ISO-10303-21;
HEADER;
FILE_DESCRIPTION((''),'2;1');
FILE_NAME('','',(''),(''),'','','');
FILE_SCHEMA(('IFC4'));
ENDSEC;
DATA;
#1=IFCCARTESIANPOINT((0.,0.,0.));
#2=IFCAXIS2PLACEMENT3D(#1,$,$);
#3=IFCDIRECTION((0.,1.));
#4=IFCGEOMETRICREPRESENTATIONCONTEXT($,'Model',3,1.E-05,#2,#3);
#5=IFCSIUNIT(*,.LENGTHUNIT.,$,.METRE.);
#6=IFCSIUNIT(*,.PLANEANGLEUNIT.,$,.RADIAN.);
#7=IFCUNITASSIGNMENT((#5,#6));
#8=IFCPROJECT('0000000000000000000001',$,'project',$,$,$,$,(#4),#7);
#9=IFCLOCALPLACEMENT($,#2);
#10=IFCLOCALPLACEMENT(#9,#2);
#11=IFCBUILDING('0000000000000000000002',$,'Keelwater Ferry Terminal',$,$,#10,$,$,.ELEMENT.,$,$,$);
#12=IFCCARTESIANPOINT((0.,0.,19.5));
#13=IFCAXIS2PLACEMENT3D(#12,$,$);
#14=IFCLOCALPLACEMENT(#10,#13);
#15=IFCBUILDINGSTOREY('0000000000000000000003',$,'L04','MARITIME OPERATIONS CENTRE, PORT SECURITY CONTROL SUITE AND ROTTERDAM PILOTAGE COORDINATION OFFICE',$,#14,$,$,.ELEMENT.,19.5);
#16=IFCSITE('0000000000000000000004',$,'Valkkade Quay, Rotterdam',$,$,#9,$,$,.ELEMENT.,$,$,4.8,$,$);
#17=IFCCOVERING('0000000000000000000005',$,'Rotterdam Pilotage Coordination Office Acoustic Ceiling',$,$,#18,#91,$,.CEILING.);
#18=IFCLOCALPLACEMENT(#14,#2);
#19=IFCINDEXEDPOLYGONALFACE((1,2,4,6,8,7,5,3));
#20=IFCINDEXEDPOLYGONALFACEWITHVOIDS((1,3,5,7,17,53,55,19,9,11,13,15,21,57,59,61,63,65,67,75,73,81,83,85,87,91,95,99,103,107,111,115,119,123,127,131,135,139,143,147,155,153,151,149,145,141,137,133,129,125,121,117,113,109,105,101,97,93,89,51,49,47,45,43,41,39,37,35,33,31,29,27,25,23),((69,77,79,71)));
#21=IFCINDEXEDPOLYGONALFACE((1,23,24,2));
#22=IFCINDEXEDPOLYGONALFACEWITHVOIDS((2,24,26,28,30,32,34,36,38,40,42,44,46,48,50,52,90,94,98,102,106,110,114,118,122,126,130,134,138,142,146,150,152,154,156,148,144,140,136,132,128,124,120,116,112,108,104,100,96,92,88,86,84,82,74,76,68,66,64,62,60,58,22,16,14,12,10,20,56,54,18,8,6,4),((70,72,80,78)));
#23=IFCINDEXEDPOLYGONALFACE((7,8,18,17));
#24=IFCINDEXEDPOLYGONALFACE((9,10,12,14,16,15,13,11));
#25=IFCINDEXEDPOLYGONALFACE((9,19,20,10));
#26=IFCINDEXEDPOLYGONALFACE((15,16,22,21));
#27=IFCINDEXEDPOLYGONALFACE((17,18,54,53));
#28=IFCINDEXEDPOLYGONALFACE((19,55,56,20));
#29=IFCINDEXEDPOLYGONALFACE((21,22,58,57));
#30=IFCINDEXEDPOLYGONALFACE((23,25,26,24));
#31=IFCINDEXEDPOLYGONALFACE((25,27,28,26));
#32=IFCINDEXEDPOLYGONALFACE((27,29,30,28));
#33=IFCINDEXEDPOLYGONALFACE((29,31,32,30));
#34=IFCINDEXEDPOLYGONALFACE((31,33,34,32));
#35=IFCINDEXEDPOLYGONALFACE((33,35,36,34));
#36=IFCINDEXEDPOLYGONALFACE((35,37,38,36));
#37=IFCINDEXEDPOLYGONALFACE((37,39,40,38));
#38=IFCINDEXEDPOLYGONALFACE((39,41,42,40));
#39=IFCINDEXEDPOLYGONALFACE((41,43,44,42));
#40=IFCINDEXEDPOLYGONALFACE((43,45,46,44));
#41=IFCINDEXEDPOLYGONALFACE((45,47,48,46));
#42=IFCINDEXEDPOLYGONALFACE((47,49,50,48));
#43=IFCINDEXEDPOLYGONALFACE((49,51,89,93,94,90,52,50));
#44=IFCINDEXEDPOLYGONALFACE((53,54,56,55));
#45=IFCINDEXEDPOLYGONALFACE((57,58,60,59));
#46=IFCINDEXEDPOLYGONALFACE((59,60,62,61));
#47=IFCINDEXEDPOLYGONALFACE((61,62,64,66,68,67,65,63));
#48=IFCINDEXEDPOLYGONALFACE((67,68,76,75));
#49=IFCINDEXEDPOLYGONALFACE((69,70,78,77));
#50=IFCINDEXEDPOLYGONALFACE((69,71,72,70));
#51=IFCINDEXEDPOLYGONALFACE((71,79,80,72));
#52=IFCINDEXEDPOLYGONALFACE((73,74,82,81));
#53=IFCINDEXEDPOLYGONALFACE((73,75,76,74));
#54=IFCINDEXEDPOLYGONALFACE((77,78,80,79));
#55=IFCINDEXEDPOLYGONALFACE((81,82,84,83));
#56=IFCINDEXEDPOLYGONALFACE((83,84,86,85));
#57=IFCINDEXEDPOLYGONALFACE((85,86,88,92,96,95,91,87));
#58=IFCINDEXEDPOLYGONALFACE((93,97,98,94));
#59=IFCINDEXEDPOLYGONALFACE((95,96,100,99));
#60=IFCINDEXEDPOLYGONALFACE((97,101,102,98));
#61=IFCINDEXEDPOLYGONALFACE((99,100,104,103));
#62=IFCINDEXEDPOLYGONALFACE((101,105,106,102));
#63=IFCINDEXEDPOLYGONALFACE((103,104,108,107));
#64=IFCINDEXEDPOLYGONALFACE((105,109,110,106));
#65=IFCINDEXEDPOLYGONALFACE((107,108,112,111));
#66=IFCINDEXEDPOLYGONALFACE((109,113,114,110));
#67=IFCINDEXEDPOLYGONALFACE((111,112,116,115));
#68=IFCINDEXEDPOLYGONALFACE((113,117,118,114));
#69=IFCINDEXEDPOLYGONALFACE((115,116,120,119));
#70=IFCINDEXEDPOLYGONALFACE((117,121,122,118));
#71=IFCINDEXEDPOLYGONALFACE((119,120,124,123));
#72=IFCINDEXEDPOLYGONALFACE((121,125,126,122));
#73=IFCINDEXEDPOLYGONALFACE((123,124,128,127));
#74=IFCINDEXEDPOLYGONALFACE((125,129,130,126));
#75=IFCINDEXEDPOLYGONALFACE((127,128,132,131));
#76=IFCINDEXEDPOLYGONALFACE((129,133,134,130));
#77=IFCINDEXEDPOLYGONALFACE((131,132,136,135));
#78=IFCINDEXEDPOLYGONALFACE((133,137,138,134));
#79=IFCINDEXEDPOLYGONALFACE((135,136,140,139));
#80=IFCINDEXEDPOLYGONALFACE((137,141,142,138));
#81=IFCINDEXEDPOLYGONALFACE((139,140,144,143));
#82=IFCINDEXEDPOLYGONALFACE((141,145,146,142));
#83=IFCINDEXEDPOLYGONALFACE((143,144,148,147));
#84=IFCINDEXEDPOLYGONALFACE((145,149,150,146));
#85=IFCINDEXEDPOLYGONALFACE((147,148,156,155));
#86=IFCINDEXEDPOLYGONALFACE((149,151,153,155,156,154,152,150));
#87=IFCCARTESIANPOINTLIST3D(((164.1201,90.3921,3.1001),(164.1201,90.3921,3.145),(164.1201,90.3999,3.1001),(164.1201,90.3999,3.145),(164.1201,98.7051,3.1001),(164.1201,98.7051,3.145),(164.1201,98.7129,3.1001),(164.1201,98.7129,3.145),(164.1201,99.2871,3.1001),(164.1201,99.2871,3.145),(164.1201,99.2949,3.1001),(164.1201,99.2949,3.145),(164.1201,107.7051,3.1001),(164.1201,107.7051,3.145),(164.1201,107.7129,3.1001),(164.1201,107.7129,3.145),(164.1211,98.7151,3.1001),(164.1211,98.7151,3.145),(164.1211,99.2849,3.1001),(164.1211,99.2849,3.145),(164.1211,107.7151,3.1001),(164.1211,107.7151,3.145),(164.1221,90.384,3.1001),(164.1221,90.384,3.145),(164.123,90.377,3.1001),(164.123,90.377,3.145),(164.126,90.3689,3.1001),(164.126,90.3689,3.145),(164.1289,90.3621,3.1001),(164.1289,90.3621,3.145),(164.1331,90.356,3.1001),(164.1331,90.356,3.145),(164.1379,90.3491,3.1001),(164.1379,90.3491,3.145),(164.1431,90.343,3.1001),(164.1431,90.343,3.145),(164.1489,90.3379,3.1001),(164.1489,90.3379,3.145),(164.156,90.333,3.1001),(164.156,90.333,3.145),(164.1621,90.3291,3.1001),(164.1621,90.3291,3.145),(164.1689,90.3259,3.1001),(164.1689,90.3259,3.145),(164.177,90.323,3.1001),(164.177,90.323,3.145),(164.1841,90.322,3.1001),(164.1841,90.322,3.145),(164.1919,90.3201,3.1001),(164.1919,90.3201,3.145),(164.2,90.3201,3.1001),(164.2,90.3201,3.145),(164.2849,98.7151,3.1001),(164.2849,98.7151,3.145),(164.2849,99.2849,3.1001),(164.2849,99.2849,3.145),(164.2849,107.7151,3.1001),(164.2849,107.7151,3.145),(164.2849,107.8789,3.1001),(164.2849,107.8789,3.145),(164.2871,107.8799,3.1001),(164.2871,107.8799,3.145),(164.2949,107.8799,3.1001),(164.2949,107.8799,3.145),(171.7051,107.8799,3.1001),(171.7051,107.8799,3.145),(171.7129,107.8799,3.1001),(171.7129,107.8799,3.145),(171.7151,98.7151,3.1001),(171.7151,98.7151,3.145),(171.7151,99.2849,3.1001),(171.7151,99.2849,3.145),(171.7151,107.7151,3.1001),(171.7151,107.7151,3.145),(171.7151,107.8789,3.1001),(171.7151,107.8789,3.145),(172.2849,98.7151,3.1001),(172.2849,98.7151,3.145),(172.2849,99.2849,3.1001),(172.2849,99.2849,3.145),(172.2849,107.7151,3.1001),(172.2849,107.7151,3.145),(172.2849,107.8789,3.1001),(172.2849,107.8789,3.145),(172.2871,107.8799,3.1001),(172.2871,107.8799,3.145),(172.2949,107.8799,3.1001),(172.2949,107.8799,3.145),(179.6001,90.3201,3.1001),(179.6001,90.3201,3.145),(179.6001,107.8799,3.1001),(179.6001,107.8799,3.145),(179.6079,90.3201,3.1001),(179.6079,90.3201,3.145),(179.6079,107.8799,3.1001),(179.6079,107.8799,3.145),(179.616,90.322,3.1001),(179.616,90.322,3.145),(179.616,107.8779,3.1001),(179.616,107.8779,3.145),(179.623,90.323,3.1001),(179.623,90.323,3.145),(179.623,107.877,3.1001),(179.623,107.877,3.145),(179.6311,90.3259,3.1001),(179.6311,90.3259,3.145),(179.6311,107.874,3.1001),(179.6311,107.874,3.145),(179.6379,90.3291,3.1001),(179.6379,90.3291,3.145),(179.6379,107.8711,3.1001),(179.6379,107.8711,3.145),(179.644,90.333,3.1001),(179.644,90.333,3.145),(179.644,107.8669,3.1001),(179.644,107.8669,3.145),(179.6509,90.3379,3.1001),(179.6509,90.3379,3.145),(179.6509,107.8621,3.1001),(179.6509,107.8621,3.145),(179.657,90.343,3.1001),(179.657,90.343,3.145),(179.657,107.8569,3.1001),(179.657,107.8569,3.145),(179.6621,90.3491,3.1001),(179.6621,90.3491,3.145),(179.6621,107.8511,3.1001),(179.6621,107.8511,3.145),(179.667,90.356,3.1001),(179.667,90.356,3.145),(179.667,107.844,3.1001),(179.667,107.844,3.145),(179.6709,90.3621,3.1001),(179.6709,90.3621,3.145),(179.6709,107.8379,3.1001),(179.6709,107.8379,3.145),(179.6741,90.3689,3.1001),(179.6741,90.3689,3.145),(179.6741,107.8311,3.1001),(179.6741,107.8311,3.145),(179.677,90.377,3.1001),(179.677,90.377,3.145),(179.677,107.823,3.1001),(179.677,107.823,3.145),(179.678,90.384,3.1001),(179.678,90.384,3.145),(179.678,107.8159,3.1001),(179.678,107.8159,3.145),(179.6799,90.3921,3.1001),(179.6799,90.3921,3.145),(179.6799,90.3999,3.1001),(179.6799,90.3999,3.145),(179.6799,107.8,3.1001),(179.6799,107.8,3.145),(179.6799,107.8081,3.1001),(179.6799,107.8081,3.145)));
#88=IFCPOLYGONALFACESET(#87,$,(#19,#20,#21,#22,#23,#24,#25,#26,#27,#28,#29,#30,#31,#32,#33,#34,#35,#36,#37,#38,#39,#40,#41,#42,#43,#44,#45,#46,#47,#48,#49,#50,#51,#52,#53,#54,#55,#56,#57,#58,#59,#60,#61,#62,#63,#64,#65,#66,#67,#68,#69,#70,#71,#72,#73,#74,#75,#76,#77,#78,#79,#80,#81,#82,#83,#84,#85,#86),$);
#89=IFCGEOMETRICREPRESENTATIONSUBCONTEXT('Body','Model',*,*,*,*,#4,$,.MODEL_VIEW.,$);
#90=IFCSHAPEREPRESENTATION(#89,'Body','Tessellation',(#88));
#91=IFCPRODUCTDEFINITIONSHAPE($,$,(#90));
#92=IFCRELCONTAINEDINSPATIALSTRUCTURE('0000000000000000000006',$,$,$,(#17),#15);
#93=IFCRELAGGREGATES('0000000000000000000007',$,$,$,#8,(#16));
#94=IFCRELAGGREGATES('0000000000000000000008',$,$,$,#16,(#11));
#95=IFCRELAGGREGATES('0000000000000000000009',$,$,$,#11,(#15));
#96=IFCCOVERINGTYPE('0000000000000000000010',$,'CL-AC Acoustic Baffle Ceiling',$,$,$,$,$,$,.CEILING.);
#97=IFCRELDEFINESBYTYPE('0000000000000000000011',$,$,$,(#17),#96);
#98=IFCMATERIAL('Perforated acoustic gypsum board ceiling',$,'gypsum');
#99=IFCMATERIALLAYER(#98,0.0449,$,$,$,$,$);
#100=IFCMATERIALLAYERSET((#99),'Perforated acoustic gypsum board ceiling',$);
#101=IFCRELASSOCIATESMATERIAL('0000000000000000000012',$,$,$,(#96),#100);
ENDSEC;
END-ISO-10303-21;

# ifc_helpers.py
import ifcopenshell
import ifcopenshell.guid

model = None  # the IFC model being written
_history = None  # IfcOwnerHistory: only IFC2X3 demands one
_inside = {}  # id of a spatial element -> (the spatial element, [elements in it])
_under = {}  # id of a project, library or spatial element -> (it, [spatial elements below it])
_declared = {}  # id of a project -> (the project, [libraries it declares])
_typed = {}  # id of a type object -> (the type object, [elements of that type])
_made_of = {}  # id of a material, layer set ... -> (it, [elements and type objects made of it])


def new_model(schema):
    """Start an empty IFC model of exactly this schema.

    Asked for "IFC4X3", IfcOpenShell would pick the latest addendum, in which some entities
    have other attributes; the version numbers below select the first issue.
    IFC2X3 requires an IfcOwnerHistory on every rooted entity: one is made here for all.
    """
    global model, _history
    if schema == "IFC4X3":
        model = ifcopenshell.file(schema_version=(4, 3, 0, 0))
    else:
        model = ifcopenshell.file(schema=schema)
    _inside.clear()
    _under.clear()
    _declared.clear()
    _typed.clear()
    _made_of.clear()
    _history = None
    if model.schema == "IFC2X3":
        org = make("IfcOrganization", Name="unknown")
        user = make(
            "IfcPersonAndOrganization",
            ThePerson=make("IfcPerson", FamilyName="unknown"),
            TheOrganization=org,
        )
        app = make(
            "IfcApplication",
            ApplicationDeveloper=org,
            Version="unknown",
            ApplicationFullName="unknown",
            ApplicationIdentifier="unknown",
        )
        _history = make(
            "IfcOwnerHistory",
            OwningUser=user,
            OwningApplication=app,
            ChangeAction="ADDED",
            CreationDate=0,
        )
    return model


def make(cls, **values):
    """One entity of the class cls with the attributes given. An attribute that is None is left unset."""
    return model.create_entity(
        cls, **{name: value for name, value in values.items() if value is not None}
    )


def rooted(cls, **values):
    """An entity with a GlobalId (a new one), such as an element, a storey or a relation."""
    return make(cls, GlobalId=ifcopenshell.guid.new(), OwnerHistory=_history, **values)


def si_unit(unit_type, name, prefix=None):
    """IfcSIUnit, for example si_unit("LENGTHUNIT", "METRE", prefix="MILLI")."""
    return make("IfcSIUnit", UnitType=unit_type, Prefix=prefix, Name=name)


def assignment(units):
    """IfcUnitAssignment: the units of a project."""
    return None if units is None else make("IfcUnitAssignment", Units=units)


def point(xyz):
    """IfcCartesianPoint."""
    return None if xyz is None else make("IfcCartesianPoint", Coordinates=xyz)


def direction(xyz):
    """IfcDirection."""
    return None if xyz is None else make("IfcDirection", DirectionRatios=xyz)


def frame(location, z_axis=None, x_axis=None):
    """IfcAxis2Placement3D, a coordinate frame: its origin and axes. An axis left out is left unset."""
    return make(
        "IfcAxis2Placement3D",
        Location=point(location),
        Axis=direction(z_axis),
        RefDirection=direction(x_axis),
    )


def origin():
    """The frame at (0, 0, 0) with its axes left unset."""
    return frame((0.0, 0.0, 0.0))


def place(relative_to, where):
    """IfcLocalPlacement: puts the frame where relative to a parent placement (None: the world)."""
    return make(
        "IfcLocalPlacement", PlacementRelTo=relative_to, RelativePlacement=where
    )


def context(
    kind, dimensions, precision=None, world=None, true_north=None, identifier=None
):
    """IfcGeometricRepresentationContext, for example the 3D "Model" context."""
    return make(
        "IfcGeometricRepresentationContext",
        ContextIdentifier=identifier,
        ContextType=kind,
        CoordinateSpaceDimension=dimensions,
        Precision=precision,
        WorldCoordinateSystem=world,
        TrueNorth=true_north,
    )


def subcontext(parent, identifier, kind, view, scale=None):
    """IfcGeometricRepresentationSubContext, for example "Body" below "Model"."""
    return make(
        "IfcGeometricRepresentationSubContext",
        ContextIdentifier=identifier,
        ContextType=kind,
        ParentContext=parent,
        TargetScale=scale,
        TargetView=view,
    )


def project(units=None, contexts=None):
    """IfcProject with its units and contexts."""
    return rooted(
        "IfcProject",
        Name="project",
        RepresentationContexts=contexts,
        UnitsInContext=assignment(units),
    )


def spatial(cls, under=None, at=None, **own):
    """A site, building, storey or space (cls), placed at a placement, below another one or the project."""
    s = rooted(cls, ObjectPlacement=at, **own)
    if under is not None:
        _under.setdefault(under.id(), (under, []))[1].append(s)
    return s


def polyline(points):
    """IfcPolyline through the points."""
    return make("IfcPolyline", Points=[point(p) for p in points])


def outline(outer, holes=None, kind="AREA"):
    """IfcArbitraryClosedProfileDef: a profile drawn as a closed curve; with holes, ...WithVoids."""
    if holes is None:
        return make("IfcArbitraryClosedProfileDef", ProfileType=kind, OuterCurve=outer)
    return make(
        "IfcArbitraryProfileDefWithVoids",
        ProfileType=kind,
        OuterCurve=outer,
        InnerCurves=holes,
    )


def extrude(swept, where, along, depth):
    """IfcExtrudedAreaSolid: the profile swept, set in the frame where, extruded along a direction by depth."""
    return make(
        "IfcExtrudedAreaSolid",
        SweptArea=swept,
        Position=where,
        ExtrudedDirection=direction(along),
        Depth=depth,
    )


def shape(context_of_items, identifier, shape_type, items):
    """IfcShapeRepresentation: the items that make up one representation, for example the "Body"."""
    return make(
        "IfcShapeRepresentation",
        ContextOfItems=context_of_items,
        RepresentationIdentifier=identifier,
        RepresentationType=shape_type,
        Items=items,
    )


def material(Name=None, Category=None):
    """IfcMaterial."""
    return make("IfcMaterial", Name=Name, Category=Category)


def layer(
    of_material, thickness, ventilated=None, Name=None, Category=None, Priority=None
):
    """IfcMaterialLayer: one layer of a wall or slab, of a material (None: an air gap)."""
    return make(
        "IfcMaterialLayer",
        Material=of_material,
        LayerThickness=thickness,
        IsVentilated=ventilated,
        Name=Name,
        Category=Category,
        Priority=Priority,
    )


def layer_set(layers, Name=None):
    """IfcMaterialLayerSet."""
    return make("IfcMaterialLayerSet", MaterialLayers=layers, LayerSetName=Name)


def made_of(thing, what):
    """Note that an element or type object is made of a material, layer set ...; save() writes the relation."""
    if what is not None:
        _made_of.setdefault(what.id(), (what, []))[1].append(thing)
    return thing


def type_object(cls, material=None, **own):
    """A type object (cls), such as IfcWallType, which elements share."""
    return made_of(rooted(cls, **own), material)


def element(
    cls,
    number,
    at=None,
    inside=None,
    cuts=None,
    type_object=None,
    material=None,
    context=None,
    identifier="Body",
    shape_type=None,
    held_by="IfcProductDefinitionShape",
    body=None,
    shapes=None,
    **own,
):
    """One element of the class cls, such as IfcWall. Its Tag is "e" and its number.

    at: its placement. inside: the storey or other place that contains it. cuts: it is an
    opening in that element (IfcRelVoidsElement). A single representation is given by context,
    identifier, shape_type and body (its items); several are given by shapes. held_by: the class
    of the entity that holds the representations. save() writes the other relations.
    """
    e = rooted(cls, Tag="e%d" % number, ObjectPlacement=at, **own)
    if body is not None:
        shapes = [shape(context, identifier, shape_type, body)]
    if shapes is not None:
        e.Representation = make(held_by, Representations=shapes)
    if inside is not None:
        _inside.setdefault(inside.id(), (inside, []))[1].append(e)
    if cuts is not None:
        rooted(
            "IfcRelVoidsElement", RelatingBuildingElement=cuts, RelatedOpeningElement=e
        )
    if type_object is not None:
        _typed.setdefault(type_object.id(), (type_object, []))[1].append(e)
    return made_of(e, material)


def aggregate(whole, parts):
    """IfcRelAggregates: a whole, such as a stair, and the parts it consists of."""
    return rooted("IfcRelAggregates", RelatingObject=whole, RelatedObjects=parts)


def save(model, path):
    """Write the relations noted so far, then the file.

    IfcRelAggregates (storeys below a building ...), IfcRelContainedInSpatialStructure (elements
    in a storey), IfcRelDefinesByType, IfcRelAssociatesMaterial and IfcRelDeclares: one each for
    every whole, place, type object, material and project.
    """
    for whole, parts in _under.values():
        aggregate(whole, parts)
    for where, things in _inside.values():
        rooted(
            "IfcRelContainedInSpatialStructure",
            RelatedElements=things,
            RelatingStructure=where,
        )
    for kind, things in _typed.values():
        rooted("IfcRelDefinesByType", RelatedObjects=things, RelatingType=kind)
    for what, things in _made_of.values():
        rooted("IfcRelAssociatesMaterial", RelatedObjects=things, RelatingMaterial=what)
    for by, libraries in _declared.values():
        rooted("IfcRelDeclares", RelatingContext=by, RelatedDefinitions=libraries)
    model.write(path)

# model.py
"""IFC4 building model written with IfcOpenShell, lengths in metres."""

from ifc_helpers import new_model, si_unit, direction, frame, origin, place, context, subcontext, project, spatial, polyline, outline, extrude, material, layer, layer_set, type_object, element, save


model = new_model("IFC4")

# Units and contexts
model_context = context("Model", 3, precision=1e-05, world=origin(), true_north=direction((0.0, 1.0)))
body_context = subcontext(model_context, "Body", "Model", "MODEL_VIEW")
ifc_project = project(units=[si_unit("LENGTHUNIT", "METRE"), si_unit("PLANEANGLEUNIT", "RADIAN")], contexts=[model_context])

# Site, building, storey
site_placement = place(None, origin())
site = spatial("IfcSite", under=ifc_project, at=site_placement, Name="Valkkade Quay, Rotterdam", CompositionType="ELEMENT", RefElevation=4.8)
building_placement = place(site_placement, origin())
building = spatial("IfcBuilding", under=site, at=building_placement, Name="Keelwater Ferry Terminal", CompositionType="ELEMENT")
storey_placement = place(building_placement, frame((0.0, 0.0, 19.5)))
storey = spatial("IfcBuildingStorey", under=building, at=storey_placement, Name="L04", Description="MARITIME OPERATIONS CENTRE, PORT SECURITY CONTROL SUITE AND ROTTERDAM PILOTAGE COORDINATION OFFICE", CompositionType="ELEMENT", Elevation=19.5)

# Covering
ifc_material_1 = material(Name="Perforated acoustic gypsum board ceiling", Category="gypsum")
ifc_layer_1 = layer(ifc_material_1, 0.0449)
ifc_layer_set_1 = layer_set([ifc_layer_1], Name="Perforated acoustic gypsum board ceiling")
covering_type_1 = type_object("IfcCoveringType", Name="CL-AC Acoustic Baffle Ceiling", PredefinedType="CEILING", material=ifc_layer_set_1)
covering_1_placement = place(storey_placement, frame((0.0, 0.0, 3.1001)))
element("IfcCovering", 1, at=covering_1_placement, inside=storey, type_object=covering_type_1, Name="Rotterdam Pilotage Coordination Office Acoustic Ceiling", PredefinedType="CEILING", context=body_context, shape_type="SweptSolid", body=[
    extrude(outline(polyline([(171.7151, 107.8789), (171.7151, 107.7151), (172.2849, 107.7151), (172.2849, 107.8789), (172.2871, 107.8799), (172.2949, 107.8799), (179.6001, 107.8799), (179.6079, 107.8799), (179.616, 107.8779), (179.623, 107.877), (179.6311, 107.874), (179.6379, 107.8711), (179.644, 107.8669), (179.6509, 107.8621), (179.657, 107.8569), (179.6621, 107.8511), (179.667, 107.844), (179.6709, 107.8379), (179.6741, 107.8311), (179.677, 107.823), (179.678, 107.8159), (179.6799, 107.8081), (179.6799, 107.8), (179.6799, 90.3999), (179.6799, 90.3921), (179.678, 90.384), (179.677, 90.377), (179.6741, 90.3689), (179.6709, 90.3621), (179.667, 90.356), (179.6621, 90.3491), (179.657, 90.343), (179.6509, 90.3379), (179.644, 90.333), (179.6379, 90.3291), (179.6311, 90.3259), (179.623, 90.323), (179.616, 90.322), (179.6079, 90.3201), (179.6001, 90.3201), (164.2, 90.3201), (164.1919, 90.3201), (164.1841, 90.322), (164.177, 90.323), (164.1689, 90.3259), (164.1621, 90.3291), (164.156, 90.333), (164.1489, 90.3379), (164.1431, 90.343), (164.1379, 90.3491), (164.1331, 90.356), (164.1289, 90.3621), (164.126, 90.3689), (164.123, 90.377), (164.1221, 90.384), (164.1201, 90.3921), (164.1201, 90.3999), (164.1201, 98.7051), (164.1201, 98.7129), (164.1211, 98.7151), (164.2849, 98.7151), (164.2849, 99.2849), (164.1211, 99.2849), (164.1201, 99.2871), (164.1201, 99.2949), (164.1201, 107.7051), (164.1201, 107.7129), (164.1211, 107.7151), (164.2849, 107.7151), (164.2849, 107.8789), (164.2871, 107.8799), (164.2949, 107.8799), (171.7051, 107.8799), (171.7129, 107.8799), (171.7151, 107.8789)]), holes=[polyline([(172.2849, 98.7151), (172.2849, 99.2849), (171.7151, 99.2849), (171.7151, 98.7151), (172.2849, 98.7151)])]), origin(), (0.0, 0.0, 1.0), 0.0449),
])

save(model, "model.ifc")
